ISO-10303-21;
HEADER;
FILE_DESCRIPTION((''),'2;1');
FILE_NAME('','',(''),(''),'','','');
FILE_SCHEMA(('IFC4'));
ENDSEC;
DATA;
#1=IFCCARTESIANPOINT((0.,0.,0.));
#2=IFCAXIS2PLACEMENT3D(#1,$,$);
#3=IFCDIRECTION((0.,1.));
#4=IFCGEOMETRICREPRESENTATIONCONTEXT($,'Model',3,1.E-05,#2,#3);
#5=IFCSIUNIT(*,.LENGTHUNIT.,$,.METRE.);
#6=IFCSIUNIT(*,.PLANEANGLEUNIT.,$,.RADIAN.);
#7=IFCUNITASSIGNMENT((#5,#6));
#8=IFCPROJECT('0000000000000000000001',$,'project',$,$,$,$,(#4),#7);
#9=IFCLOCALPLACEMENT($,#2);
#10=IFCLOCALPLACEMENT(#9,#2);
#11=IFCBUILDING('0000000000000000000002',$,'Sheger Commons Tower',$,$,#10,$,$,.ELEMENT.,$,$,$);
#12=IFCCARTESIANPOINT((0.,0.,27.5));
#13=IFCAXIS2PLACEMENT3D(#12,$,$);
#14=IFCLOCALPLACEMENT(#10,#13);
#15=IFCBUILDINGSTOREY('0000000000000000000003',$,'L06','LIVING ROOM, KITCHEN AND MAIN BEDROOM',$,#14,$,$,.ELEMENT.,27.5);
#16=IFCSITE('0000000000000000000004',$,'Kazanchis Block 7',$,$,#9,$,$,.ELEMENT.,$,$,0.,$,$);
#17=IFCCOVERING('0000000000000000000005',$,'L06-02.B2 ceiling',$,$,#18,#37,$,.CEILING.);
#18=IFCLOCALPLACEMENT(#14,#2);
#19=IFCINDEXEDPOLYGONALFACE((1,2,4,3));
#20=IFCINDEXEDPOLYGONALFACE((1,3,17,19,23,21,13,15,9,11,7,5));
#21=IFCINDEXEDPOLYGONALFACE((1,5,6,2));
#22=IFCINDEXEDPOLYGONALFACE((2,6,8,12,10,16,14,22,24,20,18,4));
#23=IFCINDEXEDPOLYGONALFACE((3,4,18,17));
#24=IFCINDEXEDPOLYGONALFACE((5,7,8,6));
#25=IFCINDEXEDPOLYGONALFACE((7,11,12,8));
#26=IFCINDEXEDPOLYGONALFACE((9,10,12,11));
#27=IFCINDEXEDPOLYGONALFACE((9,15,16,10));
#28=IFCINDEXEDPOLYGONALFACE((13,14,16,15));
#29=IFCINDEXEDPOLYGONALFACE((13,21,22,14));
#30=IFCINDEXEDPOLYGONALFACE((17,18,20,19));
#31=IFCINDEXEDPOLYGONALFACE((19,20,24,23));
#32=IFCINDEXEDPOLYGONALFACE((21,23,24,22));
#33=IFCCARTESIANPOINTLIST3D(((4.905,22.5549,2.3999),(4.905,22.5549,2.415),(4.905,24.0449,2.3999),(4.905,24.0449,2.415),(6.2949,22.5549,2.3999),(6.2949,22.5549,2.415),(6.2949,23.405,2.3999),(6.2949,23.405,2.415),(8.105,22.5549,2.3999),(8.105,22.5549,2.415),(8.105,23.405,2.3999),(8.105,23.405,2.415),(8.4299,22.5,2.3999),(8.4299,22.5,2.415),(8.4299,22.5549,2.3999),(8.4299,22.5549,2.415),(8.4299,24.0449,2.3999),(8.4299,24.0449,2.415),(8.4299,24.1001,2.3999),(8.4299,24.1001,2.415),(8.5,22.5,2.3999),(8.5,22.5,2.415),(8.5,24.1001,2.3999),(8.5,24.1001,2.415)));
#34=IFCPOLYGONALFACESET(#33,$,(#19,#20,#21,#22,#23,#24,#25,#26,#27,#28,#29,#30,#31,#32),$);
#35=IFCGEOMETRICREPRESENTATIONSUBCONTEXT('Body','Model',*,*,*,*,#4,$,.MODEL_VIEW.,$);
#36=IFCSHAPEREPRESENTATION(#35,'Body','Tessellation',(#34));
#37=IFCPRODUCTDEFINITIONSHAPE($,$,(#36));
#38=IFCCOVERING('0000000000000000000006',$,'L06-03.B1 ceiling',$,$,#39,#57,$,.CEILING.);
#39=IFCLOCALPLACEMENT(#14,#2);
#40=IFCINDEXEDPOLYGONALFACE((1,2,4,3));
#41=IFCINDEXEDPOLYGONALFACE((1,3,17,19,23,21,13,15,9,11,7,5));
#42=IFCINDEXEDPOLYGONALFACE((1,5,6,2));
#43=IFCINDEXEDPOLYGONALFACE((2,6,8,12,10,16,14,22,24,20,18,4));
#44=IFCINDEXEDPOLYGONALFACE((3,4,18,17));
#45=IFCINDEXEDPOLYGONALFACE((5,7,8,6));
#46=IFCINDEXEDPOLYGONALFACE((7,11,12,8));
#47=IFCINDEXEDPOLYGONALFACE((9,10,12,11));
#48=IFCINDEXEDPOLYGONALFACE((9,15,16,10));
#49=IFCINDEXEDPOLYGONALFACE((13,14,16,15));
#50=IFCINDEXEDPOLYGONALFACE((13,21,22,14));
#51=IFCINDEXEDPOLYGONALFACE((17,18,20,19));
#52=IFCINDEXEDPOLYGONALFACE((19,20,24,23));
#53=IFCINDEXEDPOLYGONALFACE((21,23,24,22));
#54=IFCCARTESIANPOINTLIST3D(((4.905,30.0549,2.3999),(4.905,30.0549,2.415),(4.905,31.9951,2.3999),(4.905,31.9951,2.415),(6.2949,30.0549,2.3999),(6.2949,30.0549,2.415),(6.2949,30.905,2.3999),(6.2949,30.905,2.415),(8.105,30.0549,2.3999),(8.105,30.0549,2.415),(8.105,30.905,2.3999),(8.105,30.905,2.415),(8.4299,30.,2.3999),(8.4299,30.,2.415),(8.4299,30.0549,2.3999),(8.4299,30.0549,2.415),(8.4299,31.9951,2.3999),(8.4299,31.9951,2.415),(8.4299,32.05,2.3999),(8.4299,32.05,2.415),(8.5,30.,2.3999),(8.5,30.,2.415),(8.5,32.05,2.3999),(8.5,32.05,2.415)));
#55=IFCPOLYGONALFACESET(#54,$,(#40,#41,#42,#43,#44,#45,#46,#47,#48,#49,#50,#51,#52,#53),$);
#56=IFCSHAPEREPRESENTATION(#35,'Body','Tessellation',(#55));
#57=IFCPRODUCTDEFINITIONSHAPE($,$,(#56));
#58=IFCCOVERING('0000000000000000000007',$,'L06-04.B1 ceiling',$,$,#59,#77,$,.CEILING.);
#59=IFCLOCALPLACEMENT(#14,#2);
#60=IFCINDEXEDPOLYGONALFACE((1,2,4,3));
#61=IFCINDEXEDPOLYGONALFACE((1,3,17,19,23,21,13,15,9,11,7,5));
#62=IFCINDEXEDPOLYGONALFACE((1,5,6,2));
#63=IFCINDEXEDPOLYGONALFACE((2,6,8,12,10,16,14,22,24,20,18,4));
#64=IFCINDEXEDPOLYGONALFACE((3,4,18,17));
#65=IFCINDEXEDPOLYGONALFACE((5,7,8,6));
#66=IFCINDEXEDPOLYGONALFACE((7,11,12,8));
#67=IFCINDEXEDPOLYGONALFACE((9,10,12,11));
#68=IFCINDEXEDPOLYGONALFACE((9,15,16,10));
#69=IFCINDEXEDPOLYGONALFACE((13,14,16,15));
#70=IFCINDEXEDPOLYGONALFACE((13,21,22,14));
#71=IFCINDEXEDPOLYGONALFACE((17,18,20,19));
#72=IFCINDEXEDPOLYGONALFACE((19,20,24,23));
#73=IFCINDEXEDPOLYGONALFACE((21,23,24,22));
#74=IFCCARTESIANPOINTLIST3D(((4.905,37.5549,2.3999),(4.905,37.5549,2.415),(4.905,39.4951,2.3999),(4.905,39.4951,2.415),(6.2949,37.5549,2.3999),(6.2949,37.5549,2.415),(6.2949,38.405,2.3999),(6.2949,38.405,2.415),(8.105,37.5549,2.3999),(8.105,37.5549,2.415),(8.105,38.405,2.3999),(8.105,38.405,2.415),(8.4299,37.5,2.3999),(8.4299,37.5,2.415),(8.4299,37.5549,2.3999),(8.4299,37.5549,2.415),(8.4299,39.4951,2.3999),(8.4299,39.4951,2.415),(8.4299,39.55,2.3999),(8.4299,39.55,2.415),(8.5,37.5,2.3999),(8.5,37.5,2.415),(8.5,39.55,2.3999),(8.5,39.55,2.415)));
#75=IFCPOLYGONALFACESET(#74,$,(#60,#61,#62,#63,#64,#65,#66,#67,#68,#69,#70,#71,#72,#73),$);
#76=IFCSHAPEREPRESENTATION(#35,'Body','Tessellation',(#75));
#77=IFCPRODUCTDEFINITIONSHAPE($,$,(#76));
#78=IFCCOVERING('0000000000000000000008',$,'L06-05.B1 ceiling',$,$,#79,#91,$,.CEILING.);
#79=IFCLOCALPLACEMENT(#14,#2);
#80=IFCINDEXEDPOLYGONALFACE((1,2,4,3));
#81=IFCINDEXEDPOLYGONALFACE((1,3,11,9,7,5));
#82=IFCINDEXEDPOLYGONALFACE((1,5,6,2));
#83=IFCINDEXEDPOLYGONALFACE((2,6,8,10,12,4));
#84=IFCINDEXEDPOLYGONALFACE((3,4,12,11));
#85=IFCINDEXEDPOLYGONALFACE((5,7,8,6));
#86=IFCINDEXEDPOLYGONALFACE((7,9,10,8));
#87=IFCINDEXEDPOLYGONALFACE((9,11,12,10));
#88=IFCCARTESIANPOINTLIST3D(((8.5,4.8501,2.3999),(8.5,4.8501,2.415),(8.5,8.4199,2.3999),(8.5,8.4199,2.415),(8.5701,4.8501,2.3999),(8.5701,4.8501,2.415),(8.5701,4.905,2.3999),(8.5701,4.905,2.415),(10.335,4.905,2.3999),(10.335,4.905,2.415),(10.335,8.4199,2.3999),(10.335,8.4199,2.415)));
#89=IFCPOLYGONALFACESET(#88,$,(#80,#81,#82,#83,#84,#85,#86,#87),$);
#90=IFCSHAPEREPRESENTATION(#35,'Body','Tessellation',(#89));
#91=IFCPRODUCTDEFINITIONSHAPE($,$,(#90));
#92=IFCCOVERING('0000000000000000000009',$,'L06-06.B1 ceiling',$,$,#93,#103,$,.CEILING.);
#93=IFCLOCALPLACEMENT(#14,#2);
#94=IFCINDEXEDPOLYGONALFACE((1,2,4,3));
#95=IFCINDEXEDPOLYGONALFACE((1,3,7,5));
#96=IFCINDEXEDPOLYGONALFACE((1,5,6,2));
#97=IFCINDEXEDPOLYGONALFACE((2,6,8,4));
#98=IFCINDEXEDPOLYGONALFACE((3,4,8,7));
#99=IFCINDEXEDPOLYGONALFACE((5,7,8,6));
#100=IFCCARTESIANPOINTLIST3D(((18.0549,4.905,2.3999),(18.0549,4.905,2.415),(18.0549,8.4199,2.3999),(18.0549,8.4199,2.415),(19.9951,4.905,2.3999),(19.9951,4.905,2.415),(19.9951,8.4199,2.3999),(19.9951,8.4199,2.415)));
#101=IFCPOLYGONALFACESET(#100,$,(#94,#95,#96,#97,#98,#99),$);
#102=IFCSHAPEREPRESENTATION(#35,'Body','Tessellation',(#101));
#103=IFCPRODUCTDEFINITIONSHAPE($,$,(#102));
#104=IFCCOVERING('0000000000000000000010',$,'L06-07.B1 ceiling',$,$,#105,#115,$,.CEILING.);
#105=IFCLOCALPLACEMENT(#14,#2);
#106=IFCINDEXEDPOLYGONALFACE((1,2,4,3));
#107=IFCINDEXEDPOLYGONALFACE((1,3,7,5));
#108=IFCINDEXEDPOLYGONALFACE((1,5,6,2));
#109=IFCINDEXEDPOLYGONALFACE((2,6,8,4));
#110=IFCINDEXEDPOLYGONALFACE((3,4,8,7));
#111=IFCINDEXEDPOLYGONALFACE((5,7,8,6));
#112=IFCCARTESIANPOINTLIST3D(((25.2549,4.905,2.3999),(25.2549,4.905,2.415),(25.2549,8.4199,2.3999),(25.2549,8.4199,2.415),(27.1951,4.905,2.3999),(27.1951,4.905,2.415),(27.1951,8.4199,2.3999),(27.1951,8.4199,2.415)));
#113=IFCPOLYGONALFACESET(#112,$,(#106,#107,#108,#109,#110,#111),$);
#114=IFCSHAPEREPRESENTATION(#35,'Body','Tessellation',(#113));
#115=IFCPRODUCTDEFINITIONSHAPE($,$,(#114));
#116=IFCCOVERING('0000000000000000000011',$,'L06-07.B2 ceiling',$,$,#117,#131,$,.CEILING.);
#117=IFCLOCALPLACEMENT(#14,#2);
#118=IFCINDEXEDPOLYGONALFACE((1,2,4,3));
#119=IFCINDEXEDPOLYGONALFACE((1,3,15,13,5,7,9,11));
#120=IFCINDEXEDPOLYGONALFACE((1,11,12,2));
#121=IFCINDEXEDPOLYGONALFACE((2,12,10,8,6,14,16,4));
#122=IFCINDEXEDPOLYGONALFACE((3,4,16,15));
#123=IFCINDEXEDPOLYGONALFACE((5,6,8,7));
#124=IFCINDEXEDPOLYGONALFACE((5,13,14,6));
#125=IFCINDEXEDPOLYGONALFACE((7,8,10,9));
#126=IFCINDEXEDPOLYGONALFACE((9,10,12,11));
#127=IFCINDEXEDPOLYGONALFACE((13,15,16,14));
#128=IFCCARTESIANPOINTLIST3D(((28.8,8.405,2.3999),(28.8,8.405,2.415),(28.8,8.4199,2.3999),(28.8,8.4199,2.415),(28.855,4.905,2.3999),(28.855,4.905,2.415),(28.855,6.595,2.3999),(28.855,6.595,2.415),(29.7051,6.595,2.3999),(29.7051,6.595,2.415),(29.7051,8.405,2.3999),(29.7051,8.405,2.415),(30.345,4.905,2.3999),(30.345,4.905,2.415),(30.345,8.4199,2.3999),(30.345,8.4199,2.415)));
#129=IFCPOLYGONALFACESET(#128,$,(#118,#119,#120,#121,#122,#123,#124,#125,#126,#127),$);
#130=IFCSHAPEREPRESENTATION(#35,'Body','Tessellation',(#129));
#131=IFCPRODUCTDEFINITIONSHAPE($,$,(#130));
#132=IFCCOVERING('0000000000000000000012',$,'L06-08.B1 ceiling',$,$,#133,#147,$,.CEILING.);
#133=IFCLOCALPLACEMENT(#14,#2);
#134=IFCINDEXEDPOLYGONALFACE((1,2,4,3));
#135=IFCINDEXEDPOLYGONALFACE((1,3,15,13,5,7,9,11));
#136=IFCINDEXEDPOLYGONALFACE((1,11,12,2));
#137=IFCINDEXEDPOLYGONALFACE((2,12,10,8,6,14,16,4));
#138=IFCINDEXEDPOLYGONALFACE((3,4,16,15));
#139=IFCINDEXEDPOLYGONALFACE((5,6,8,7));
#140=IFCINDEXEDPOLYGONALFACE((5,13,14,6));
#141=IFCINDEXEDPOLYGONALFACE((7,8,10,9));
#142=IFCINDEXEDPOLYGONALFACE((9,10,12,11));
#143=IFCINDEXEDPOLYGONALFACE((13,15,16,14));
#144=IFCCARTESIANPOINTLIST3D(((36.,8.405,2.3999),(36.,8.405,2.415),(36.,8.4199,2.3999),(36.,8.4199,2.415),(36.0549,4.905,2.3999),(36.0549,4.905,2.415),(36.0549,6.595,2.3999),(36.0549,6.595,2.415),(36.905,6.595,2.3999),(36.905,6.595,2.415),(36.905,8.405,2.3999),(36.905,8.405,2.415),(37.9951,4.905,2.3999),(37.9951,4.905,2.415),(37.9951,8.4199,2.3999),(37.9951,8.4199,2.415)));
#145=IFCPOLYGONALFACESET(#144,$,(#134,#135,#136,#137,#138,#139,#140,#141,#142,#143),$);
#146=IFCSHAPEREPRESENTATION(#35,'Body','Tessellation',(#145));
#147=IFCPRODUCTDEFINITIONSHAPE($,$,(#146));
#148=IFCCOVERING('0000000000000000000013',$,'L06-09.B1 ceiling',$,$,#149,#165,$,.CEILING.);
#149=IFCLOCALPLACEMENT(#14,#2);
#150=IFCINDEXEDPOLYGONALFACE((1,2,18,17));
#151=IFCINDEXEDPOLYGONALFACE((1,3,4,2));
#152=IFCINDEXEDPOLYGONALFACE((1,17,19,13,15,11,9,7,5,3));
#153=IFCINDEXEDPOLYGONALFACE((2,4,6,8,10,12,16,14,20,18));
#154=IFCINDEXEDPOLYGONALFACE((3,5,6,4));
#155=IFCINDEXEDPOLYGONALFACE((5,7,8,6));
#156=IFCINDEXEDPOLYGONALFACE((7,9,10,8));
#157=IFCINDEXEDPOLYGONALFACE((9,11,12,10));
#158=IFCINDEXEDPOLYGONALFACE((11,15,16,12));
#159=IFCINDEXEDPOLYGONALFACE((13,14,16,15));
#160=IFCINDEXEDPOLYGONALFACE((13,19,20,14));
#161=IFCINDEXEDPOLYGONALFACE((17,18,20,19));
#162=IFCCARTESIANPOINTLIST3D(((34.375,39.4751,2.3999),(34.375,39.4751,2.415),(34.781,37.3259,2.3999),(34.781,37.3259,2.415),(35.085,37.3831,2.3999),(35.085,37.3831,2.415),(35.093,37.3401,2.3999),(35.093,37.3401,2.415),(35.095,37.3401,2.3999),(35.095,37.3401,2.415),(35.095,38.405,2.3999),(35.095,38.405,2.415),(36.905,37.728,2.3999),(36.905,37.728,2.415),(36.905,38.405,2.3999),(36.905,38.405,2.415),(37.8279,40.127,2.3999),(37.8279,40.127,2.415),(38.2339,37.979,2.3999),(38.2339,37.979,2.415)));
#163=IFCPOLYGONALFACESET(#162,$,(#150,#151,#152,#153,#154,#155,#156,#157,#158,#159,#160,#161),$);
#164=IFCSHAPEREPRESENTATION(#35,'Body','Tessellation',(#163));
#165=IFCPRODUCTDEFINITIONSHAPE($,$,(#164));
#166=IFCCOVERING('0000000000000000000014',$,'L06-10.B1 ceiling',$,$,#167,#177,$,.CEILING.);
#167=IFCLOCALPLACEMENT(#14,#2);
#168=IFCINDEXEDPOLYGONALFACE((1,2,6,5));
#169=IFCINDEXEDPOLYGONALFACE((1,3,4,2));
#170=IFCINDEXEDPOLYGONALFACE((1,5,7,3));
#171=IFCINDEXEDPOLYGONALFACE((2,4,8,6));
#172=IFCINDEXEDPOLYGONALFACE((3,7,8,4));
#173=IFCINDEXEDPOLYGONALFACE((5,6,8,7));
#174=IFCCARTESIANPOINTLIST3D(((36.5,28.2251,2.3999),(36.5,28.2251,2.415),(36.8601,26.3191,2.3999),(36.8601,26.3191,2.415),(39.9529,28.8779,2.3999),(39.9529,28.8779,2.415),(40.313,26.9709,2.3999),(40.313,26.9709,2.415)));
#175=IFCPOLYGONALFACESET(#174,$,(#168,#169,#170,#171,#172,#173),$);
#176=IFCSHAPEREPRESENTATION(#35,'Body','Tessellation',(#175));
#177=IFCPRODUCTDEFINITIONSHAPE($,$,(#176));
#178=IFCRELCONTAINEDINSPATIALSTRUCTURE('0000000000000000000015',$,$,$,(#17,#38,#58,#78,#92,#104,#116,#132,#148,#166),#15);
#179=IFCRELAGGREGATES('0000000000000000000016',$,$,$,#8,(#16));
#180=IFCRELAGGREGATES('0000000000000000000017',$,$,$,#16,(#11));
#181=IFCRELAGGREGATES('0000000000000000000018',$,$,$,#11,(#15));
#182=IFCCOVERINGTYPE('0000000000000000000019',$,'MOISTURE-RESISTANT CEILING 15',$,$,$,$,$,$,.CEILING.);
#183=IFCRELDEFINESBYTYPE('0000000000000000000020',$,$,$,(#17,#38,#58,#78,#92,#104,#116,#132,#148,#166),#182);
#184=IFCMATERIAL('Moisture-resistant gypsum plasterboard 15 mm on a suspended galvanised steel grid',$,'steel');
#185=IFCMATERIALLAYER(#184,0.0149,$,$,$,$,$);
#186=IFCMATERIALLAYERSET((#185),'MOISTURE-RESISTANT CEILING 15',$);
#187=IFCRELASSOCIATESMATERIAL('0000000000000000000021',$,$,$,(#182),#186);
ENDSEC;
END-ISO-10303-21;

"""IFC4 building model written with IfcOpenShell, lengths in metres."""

from ifc_helpers import new_model, si_unit, direction, frame, origin, place, context, subcontext, project, spatial, polyline, outline, extrude, material, layer, layer_set, type_object, element, save


model = new_model("IFC4")

# Units and contexts
model_context = context("Model", 3, precision=1e-05, world=origin(), true_north=direction((0.0, 1.0)))
body_context = subcontext(model_context, "Body", "Model", "MODEL_VIEW")
ifc_project = project(units=[si_unit("LENGTHUNIT", "METRE"), si_unit("PLANEANGLEUNIT", "RADIAN")], contexts=[model_context])

# Site, building, storey
site_placement = place(None, origin())
site = spatial("IfcSite", under=ifc_project, at=site_placement, Name="Kazanchis Block 7", CompositionType="ELEMENT", RefElevation=0.0)
building_placement = place(site_placement, origin())
building = spatial("IfcBuilding", under=site, at=building_placement, Name="Sheger Commons Tower", CompositionType="ELEMENT")
storey_placement = place(building_placement, frame((0.0, 0.0, 27.5)))
storey = spatial("IfcBuildingStorey", under=building, at=storey_placement, Name="L06", Description="LIVING ROOM, KITCHEN AND MAIN BEDROOM", CompositionType="ELEMENT", Elevation=27.5)

# Coverings
ifc_material_1 = material(Name="Moisture-resistant gypsum plasterboard 15 mm on a suspended galvanised steel grid", Category="steel")
ifc_layer_1 = layer(ifc_material_1, 0.0149)
ifc_layer_set_1 = layer_set([ifc_layer_1], Name="MOISTURE-RESISTANT CEILING 15")
covering_type_1 = type_object("IfcCoveringType", Name="MOISTURE-RESISTANT CEILING 15", PredefinedType="CEILING", material=ifc_layer_set_1)
covering_1_placement = place(storey_placement, frame((0.0, 0.0, 2.3999)))
element("IfcCovering", 1, at=covering_1_placement, inside=storey, type_object=covering_type_1, Name="L06-02.B2 ceiling", PredefinedType="CEILING", context=body_context, shape_type="SweptSolid", body=[
    extrude(outline(polyline([(8.4299, 22.5), (8.5, 22.5), (8.5, 24.1001), (8.4299, 24.1001), (8.4299, 24.0449), (4.905, 24.0449), (4.905, 22.5549), (6.2949, 22.5549), (6.2949, 23.405), (8.105, 23.405), (8.105, 22.5549), (8.4299, 22.5549), (8.4299, 22.5)])), origin(), (0.0, 0.0, 1.0), 0.0151),
])
covering_2_placement = place(storey_placement, frame((0.0, 0.0, 2.3999)))
element("IfcCovering", 2, at=covering_2_placement, inside=storey, type_object=covering_type_1, Name="L06-03.B1 ceiling", PredefinedType="CEILING", context=body_context, shape_type="SweptSolid", body=[
    extrude(outline(polyline([(8.4299, 30.0), (8.5, 30.0), (8.5, 32.05), (8.4299, 32.05), (8.4299, 31.9951), (4.905, 31.9951), (4.905, 30.0549), (6.2949, 30.0549), (6.2949, 30.905), (8.105, 30.905), (8.105, 30.0549), (8.4299, 30.0549), (8.4299, 30.0)])), origin(), (0.0, 0.0, 1.0), 0.0151),
])
covering_3_placement = place(storey_placement, frame((0.0, 0.0, 2.3999)))
element("IfcCovering", 3, at=covering_3_placement, inside=storey, type_object=covering_type_1, Name="L06-04.B1 ceiling", PredefinedType="CEILING", context=body_context, shape_type="SweptSolid", body=[
    extrude(outline(polyline([(8.4299, 37.5), (8.5, 37.5), (8.5, 39.55), (8.4299, 39.55), (8.4299, 39.4951), (4.905, 39.4951), (4.905, 37.5549), (6.2949, 37.5549), (6.2949, 38.405), (8.105, 38.405), (8.105, 37.5549), (8.4299, 37.5549), (8.4299, 37.5)])), origin(), (0.0, 0.0, 1.0), 0.0151),
])
covering_4_placement = place(storey_placement, frame((0.0, 0.0, 2.3999)))
element("IfcCovering", 4, at=covering_4_placement, inside=storey, type_object=covering_type_1, Name="L06-05.B1 ceiling", PredefinedType="CEILING", context=body_context, shape_type="SweptSolid", body=[
    extrude(outline(polyline([(8.5, 4.8501), (8.5701, 4.8501), (8.5701, 4.905), (10.335, 4.905), (10.335, 8.4199), (8.5, 8.4199), (8.5, 4.8501)])), origin(), (0.0, 0.0, 1.0), 0.0151),
])
covering_5_placement = place(storey_placement, frame((0.0, 0.0, 2.3999)))
element("IfcCovering", 5, at=covering_5_placement, inside=storey, type_object=covering_type_1, Name="L06-06.B1 ceiling", PredefinedType="CEILING", context=body_context, shape_type="SweptSolid", body=[
    extrude(outline(polyline([(18.0549, 4.905), (19.9951, 4.905), (19.9951, 8.4199), (18.0549, 8.4199), (18.0549, 4.905)])), origin(), (0.0, 0.0, 1.0), 0.0151),
])
covering_6_placement = place(storey_placement, frame((0.0, 0.0, 2.3999)))
element("IfcCovering", 6, at=covering_6_placement, inside=storey, type_object=covering_type_1, Name="L06-07.B1 ceiling", PredefinedType="CEILING", context=body_context, shape_type="SweptSolid", body=[
    extrude(outline(polyline([(25.2549, 4.905), (27.1951, 4.905), (27.1951, 8.4199), (25.2549, 8.4199), (25.2549, 4.905)])), origin(), (0.0, 0.0, 1.0), 0.0151),
])
covering_7_placement = place(storey_placement, frame((0.0, 0.0, 2.3999)))
element("IfcCovering", 7, at=covering_7_placement, inside=storey, type_object=covering_type_1, Name="L06-07.B2 ceiling", PredefinedType="CEILING", context=body_context, shape_type="SweptSolid", body=[
    extrude(outline(polyline([(28.855, 4.905), (30.345, 4.905), (30.345, 8.4199), (28.8, 8.4199), (28.8, 8.405), (29.7051, 8.405), (29.7051, 6.595), (28.855, 6.595), (28.855, 4.905)])), origin(), (0.0, 0.0, 1.0), 0.0151),
])
covering_8_placement = place(storey_placement, frame((0.0, 0.0, 2.3999)))
element("IfcCovering", 8, at=covering_8_placement, inside=storey, type_object=covering_type_1, Name="L06-08.B1 ceiling", PredefinedType="CEILING", context=body_context, shape_type="SweptSolid", body=[
    extrude(outline(polyline([(36.0549, 4.905), (37.9951, 4.905), (37.9951, 8.4199), (36.0, 8.4199), (36.0, 8.405), (36.905, 8.405), (36.905, 6.595), (36.0549, 6.595), (36.0549, 4.905)])), origin(), (0.0, 0.0, 1.0), 0.0151),
])
covering_9_placement = place(storey_placement, frame((0.0, 0.0, 2.3999)))
element("IfcCovering", 9, at=covering_9_placement, inside=storey, type_object=covering_type_1, Name="L06-09.B1 ceiling", PredefinedType="CEILING", context=body_context, shape_type="SweptSolid", body=[
    extrude(outline(polyline([(34.781, 37.3259), (35.085, 37.3831), (35.093, 37.3401), (35.095, 37.3401), (35.095, 38.405), (36.905, 38.405), (36.905, 37.728), (38.2339, 37.979), (37.8279, 40.127), (34.375, 39.4751), (34.781, 37.3259)])), origin(), (0.0, 0.0, 1.0), 0.0151),
])
covering_10_placement = place(storey_placement, frame((0.0, 0.0, 2.3999)))
element("IfcCovering", 10, at=covering_10_placement, inside=storey, type_object=covering_type_1, Name="L06-10.B1 ceiling", PredefinedType="CEILING", context=body_context, shape_type="SweptSolid", body=[
    extrude(outline(polyline([(36.8601, 26.3191), (40.313, 26.9709), (39.9529, 28.8779), (36.5, 28.2251), (36.8601, 26.3191)])), origin(), (0.0, 0.0, 1.0), 0.0151),
])

save(model, "model.ifc")
